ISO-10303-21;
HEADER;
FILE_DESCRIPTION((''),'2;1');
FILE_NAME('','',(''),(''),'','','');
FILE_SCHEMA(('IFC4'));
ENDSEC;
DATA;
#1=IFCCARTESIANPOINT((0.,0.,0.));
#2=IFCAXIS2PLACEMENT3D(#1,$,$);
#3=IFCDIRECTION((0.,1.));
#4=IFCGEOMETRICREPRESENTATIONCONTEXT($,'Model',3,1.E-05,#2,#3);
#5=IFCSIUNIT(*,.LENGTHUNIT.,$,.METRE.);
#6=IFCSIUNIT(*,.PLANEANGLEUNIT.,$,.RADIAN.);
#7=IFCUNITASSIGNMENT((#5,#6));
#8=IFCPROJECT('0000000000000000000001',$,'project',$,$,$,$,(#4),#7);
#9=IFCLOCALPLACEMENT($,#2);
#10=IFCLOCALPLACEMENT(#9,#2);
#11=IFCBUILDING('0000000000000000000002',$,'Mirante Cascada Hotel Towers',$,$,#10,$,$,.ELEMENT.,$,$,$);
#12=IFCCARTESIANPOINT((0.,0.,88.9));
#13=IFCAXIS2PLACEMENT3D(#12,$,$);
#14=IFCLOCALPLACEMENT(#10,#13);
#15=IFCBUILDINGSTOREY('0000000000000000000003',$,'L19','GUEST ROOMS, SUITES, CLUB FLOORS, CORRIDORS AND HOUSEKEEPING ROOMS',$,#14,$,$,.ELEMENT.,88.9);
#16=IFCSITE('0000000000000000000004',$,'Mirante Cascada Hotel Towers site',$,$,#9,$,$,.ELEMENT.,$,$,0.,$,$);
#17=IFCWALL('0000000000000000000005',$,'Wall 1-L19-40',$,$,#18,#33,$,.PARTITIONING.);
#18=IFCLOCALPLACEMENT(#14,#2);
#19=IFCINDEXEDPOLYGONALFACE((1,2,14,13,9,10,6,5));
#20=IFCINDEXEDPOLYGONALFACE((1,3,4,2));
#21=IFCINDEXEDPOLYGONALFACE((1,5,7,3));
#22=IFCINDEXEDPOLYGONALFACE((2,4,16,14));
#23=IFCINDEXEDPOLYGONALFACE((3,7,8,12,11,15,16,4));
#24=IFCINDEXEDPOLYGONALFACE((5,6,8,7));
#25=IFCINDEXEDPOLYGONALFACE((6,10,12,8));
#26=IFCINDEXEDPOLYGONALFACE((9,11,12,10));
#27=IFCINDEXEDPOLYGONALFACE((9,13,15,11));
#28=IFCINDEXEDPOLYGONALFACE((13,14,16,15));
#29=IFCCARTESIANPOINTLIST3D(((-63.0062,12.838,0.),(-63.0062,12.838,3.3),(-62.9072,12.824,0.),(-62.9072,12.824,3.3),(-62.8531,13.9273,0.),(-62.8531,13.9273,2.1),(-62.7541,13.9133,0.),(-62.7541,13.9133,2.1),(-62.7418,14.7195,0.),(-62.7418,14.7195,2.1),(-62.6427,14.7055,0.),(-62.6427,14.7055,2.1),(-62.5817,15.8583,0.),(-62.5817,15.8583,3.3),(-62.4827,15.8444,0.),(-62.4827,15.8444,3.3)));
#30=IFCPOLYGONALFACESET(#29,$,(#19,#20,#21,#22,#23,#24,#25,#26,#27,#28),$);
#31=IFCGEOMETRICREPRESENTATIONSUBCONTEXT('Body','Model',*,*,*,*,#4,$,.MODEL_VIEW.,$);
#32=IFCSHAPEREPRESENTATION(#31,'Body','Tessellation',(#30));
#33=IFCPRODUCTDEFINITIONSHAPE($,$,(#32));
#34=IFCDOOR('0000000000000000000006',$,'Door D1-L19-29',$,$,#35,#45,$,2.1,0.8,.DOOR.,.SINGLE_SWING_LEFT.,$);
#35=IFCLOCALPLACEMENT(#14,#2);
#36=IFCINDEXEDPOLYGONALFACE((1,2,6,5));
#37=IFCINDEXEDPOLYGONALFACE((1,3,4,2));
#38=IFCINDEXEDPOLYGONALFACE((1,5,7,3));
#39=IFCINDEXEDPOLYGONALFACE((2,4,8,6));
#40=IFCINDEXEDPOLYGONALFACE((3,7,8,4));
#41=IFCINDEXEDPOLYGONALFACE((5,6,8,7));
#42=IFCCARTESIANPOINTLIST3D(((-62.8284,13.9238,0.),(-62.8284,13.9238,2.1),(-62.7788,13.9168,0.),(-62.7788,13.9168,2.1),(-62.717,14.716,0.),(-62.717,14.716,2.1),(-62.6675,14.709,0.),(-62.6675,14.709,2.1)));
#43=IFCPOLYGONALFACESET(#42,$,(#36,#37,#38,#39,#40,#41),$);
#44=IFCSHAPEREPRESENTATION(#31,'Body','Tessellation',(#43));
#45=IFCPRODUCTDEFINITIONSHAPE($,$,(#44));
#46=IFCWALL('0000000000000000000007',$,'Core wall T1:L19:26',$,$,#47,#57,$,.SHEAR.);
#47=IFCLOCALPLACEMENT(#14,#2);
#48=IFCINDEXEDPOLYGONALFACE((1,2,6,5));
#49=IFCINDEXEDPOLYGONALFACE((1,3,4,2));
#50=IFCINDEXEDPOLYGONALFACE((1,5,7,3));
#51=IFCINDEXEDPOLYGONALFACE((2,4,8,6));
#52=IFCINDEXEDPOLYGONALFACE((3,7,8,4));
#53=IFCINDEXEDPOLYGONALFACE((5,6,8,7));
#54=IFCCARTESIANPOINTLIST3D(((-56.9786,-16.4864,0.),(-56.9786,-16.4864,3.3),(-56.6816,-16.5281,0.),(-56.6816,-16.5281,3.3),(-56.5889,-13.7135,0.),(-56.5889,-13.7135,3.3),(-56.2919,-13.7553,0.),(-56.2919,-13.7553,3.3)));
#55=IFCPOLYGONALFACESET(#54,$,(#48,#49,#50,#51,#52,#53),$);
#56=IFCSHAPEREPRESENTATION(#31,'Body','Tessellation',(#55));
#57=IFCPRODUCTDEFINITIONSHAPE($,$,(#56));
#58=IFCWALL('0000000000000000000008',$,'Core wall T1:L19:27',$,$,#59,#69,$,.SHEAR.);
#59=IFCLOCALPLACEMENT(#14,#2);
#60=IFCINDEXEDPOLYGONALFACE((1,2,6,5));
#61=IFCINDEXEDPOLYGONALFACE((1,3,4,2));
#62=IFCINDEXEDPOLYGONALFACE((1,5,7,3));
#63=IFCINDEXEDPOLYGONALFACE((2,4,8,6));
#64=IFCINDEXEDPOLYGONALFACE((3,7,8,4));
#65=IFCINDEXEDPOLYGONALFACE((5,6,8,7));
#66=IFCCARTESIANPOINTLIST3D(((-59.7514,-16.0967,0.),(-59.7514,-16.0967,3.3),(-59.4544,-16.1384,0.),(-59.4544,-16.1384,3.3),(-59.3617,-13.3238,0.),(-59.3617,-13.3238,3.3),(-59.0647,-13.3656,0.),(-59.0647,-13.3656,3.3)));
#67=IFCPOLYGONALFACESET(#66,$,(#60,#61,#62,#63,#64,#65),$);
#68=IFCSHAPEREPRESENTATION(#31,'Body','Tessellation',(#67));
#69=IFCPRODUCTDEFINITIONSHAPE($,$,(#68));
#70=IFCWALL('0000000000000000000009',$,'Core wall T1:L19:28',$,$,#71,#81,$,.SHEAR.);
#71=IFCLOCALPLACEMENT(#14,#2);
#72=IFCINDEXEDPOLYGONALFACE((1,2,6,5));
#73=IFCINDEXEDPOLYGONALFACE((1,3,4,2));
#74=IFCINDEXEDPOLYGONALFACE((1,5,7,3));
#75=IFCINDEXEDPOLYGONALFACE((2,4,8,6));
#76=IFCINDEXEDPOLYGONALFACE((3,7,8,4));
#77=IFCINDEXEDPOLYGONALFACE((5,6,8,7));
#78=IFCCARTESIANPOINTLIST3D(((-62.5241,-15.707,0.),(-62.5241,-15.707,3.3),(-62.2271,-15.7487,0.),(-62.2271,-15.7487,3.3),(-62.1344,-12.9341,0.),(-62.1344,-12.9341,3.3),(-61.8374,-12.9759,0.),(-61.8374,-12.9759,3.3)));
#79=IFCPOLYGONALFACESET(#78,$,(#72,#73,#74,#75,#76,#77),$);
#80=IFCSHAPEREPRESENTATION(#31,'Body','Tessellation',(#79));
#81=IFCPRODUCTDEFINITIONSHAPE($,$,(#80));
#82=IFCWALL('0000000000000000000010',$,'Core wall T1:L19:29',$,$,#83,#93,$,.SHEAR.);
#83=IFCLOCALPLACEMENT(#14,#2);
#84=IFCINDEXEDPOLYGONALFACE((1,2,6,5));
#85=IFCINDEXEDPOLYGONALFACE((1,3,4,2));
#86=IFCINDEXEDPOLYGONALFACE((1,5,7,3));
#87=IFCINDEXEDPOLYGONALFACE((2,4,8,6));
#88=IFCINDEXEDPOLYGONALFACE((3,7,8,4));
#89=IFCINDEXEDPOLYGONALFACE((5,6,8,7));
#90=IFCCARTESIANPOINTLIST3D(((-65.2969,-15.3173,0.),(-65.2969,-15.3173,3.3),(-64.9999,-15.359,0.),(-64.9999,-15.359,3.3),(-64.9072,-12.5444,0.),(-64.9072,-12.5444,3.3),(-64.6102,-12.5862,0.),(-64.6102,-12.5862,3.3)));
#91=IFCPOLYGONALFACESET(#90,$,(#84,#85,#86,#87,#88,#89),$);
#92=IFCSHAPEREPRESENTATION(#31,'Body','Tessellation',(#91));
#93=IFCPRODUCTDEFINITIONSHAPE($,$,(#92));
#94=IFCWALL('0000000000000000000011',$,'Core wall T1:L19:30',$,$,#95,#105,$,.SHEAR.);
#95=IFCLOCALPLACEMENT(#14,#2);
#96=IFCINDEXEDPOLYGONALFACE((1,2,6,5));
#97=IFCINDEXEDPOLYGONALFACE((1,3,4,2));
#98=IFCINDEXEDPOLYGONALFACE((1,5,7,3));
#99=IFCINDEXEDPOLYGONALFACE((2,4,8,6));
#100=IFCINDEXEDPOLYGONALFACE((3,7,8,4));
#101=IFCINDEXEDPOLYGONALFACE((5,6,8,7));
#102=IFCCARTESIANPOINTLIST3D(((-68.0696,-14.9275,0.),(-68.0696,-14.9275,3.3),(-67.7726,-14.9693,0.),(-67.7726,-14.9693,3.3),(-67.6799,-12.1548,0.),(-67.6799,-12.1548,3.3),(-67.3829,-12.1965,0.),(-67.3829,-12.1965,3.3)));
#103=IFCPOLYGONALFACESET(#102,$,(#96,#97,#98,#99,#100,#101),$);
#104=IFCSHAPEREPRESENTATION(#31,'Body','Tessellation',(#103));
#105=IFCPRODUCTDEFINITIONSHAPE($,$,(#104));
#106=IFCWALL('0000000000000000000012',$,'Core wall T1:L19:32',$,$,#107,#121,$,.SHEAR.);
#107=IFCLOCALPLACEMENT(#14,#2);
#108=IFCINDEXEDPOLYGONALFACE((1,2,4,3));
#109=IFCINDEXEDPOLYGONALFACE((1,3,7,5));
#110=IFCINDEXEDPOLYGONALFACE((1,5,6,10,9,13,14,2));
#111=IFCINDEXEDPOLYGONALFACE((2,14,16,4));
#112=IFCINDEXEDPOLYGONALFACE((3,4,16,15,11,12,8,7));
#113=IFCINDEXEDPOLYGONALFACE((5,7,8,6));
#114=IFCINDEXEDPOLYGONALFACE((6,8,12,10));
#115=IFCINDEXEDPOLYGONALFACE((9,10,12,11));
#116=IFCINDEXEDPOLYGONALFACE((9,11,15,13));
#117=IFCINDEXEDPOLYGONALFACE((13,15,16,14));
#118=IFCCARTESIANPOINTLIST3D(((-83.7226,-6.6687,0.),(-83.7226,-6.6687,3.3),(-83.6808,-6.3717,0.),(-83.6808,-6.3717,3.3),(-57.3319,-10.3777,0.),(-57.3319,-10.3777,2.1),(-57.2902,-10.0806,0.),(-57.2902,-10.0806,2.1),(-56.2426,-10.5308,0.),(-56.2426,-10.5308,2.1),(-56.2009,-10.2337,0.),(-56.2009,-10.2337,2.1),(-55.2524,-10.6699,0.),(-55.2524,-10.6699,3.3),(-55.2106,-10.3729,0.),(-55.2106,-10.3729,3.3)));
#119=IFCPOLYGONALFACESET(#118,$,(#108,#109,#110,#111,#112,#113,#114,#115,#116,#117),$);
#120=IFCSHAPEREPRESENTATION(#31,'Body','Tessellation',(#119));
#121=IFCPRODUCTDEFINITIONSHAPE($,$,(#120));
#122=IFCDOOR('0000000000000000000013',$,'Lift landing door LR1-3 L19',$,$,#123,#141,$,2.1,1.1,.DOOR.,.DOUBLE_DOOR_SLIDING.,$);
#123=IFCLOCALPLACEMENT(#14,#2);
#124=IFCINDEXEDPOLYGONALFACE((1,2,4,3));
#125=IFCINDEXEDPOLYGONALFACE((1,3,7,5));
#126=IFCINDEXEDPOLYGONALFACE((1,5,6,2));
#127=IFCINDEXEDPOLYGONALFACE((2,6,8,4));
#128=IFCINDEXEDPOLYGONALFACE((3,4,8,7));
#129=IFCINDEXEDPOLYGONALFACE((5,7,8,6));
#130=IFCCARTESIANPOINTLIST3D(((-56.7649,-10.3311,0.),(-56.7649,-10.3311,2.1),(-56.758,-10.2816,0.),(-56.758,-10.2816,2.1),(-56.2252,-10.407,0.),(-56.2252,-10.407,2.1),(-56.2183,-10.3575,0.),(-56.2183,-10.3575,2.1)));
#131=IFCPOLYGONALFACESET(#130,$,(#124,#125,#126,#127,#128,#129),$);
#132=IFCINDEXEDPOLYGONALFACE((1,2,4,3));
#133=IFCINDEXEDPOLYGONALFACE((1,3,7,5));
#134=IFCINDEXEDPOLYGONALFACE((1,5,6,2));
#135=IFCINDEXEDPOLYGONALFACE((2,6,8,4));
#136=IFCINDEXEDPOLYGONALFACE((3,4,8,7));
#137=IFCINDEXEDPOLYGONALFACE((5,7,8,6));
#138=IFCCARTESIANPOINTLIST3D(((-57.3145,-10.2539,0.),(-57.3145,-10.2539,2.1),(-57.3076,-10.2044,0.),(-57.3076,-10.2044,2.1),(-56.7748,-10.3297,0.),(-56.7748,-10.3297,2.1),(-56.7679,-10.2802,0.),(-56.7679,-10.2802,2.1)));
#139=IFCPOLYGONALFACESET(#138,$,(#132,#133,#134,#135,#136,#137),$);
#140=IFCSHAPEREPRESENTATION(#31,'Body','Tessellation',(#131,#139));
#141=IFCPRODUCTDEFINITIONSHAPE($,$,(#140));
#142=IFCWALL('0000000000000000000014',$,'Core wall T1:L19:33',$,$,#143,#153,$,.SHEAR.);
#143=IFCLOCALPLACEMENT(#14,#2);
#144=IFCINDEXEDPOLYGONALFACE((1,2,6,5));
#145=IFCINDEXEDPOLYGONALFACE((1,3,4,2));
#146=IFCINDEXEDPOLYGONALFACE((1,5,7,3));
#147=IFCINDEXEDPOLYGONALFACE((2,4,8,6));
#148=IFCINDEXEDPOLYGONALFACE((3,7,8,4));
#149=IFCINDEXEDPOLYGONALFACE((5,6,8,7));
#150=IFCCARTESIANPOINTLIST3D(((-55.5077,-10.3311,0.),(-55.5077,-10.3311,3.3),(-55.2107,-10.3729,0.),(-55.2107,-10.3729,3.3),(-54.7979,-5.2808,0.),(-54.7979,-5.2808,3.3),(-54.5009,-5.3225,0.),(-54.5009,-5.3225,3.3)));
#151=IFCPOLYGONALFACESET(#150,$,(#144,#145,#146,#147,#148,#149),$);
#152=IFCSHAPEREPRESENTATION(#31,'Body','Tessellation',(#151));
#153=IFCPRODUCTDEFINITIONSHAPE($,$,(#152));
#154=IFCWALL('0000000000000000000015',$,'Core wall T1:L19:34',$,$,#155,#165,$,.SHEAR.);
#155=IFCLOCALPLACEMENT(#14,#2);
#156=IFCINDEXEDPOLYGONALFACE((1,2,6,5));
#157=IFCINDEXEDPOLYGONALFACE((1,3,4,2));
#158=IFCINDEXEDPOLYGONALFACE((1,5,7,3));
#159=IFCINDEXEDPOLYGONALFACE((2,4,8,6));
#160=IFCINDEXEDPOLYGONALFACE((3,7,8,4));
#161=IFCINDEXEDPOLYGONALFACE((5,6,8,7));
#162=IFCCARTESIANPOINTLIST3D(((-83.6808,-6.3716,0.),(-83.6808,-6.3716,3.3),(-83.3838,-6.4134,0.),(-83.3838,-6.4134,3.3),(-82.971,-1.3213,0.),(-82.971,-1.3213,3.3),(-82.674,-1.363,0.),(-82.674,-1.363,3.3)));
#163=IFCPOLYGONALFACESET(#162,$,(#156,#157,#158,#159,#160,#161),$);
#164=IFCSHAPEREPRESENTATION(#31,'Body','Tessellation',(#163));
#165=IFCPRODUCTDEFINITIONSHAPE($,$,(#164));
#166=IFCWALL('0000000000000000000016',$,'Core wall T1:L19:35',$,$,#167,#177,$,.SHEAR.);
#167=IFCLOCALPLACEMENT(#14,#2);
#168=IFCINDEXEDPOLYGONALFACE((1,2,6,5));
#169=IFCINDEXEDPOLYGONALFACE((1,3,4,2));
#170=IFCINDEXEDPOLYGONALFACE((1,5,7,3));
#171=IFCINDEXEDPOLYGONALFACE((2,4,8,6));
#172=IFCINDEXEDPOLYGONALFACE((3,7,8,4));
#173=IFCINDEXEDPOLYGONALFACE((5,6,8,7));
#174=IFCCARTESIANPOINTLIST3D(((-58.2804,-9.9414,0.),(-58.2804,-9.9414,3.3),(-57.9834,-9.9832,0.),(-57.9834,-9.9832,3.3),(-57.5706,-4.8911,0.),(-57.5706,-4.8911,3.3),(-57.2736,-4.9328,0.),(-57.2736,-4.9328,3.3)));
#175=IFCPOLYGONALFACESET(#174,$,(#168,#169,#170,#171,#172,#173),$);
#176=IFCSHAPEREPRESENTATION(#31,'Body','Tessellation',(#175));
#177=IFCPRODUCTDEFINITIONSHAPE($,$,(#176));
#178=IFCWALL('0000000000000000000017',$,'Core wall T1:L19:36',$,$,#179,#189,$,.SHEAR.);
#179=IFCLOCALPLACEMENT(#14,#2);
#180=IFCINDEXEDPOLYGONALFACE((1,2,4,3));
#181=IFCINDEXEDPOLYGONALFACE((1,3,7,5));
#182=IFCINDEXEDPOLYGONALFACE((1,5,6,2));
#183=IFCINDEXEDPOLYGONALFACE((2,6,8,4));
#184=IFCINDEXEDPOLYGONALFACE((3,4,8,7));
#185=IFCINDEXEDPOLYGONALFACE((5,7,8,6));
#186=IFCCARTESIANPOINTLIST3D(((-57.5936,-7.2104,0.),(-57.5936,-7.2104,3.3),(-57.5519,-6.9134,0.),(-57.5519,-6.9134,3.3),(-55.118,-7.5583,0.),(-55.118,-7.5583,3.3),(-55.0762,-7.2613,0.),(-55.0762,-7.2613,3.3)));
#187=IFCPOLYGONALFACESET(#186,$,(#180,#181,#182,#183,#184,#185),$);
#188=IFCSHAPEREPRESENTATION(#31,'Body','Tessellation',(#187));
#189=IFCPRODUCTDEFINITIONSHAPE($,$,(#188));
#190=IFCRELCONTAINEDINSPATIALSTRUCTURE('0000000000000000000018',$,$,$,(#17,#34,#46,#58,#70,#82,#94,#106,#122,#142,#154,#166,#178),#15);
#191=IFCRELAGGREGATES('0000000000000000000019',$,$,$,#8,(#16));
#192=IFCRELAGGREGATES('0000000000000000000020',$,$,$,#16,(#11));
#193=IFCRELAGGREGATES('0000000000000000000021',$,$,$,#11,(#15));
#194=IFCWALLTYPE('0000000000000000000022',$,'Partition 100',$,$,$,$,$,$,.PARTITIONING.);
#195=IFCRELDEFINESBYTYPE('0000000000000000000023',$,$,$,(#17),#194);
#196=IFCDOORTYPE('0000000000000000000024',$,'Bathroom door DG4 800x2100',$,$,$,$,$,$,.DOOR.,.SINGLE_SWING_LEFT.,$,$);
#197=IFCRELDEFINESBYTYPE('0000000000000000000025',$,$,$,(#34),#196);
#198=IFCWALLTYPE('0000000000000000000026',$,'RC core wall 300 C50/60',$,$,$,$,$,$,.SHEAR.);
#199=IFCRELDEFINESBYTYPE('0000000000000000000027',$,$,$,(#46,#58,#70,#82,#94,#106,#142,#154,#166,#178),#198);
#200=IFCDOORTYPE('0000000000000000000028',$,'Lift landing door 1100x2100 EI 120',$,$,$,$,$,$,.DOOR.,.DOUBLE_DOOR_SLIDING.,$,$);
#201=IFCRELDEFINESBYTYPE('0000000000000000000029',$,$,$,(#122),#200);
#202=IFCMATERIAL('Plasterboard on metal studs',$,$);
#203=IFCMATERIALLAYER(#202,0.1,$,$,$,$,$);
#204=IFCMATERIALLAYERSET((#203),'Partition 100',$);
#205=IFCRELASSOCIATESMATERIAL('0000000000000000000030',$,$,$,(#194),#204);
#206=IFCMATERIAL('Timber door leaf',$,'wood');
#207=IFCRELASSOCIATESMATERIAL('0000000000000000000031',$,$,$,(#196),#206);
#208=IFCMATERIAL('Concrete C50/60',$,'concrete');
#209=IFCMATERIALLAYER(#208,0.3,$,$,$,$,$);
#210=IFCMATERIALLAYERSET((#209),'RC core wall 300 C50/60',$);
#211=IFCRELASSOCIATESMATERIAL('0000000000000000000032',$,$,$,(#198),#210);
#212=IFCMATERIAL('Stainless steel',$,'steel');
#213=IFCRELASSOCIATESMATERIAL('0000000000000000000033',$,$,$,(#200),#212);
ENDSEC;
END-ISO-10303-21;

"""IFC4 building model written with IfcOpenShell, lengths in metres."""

from ifc_helpers import new_model, si_unit, direction, frame, frame_2d, origin, place, context, subcontext, project, spatial, rectangle, extrude, material, layer, layer_set, type_object, element, fill, save


model = new_model("IFC4")

# Units and contexts
model_context = context("Model", 3, precision=1e-05, world=origin(), true_north=direction((0.0, 1.0)))
body_context = subcontext(model_context, "Body", "Model", "MODEL_VIEW")
ifc_project = project(units=[si_unit("LENGTHUNIT", "METRE"), si_unit("PLANEANGLEUNIT", "RADIAN")], contexts=[model_context])

# Site, building, storey
site_placement = place(None, origin())
site = spatial("IfcSite", under=ifc_project, at=site_placement, Name="Mirante Cascada Hotel Towers site", CompositionType="ELEMENT", RefElevation=0.0)
building_placement = place(site_placement, origin())
building = spatial("IfcBuilding", under=site, at=building_placement, Name="Mirante Cascada Hotel Towers", CompositionType="ELEMENT")
storey_placement = place(building_placement, frame((0.0, 0.0, 88.9)))
storey = spatial("IfcBuildingStorey", under=building, at=storey_placement, Name="L19", Description="GUEST ROOMS, SUITES, CLUB FLOORS, CORRIDORS AND HOUSEKEEPING ROOMS", CompositionType="ELEMENT", Elevation=88.9)

# Shared definitions
ifc_material_1 = material(Name="Plasterboard on metal studs")
ifc_layer_1 = layer(ifc_material_1, 0.1)
ifc_layer_set_1 = layer_set([ifc_layer_1], Name="Partition 100")
wall_type_1 = type_object("IfcWallType", Name="Partition 100", PredefinedType="PARTITIONING", material=ifc_layer_set_1)

# Wall, opening, door
wall_1_placement = place(storey_placement, frame((-62.9567, 12.831, 0.0), z_axis=(0.0, 0.0, 1.0), x_axis=(0.139181, 0.990267, 0.0)))
wall_1 = element("IfcWall", 1, at=wall_1_placement, inside=storey, type_object=wall_type_1, Name="Wall 1-L19-40", PredefinedType="PARTITIONING", context=body_context, shape_type="SweptSolid", body=[
    extrude(rectangle(XDim=3.05, YDim=0.1, at=frame_2d((1.525, 0.0))), origin(), (0.0, 0.0, 1.0), 3.3),
])
opening_1_placement = place(wall_1_placement, frame((1.1, 0.0, 0.0)))
opening_1 = element("IfcOpeningElement", 2, at=opening_1_placement, cuts=wall_1, PredefinedType="OPENING", context=body_context, shape_type="SweptSolid", body=[
    extrude(rectangle(XDim=0.8, YDim=2.1, at=frame_2d((0.4, 1.05))), frame((0.0, 0.05, 0.0), z_axis=(0.0, -1.0, 0.0), x_axis=(1.0, 0.0, 0.0)), (0.0, 0.0, 1.0), 0.1),
])
ifc_material_2 = material(Name="Timber door leaf", Category="wood")
door_type_1 = type_object("IfcDoorType", Name="Bathroom door DG4 800x2100", OperationType="SINGLE_SWING_LEFT", PredefinedType="DOOR", material=ifc_material_2)
door_1_placement = place(opening_1_placement, origin())
door_1 = element("IfcDoor", 3, at=door_1_placement, inside=storey, type_object=door_type_1, Name="Door D1-L19-29", OperationType="SINGLE_SWING_LEFT", OverallHeight=2.1, OverallWidth=0.8, PredefinedType="DOOR", context=body_context, shape_type="SweptSolid", body=[
    extrude(rectangle(XDim=0.8, YDim=2.1, at=frame_2d((0.4, 1.05))), frame((0.0, 0.025, 0.0), z_axis=(0.0, -1.0, 0.0), x_axis=(1.0, 0.0, 0.0)), (0.0, 0.0, 1.0), 0.05),
])
fill(opening_1, door_1)

# Walls
ifc_material_3 = material(Name="Concrete C50/60", Category="concrete")
ifc_layer_2 = layer(ifc_material_3, 0.3)
ifc_layer_set_2 = layer_set([ifc_layer_2], Name="RC core wall 300 C50/60")
wall_type_2 = type_object("IfcWallType", Name="RC core wall 300 C50/60", PredefinedType="SHEAR", material=ifc_layer_set_2)
for number, where, z_axis, x_axis, name in (
    (4, (-56.8301, -16.5072, 0.0), (0.0, 0.0, 1.0), (0.139176, 0.990268, 0.0), "Core wall T1:L19:26"),
    (5, (-59.6029, -16.1175, 0.0), (0.0, 0.0, 1.0), (0.139176, 0.990268, 0.0), "Core wall T1:L19:27"),
    (6, (-62.3756, -15.7278, 0.0), (0.0, 0.0, 1.0), (0.139176, 0.990268, 0.0), "Core wall T1:L19:28"),
    (7, (-65.1484, -15.3381, 0.0), (0.0, 0.0, 1.0), (0.139176, 0.990268, 0.0), "Core wall T1:L19:29"),
):
    element("IfcWall", number, at=place(storey_placement, frame(where, z_axis=z_axis, x_axis=x_axis)), inside=storey, type_object=wall_type_2, Name=name, PredefinedType="SHEAR", context=body_context, shape_type="SweptSolid", body=[
        extrude(rectangle(XDim=2.8001, YDim=0.3, at=frame_2d((1.4, 0.0))), origin(), (0.0, 0.0, 1.0), 3.3),
    ])
wall_2_placement = place(storey_placement, frame((-67.9211, -14.9484, 0.0), z_axis=(0.0, 0.0, 1.0), x_axis=(0.139181, 0.990267, 0.0)))
element("IfcWall", 8, at=wall_2_placement, inside=storey, type_object=wall_type_2, Name="Core wall T1:L19:30", PredefinedType="SHEAR", context=body_context, shape_type="SweptSolid", body=[
    extrude(rectangle(XDim=2.8, YDim=0.3, at=frame_2d((1.4, 0.0))), origin(), (0.0, 0.0, 1.0), 3.3),
])

# Wall, opening, door
wall_3_placement = place(storey_placement, frame((-55.2315, -10.5214, 0.0), z_axis=(0.0, 0.0, 1.0), x_axis=(-0.990268, 0.139172, 0.0)))
wall_3 = element("IfcWall", 9, at=wall_3_placement, inside=storey, type_object=wall_type_2, Name="Core wall T1:L19:32", PredefinedType="SHEAR", context=body_context, shape_type="SweptSolid", body=[
    extrude(rectangle(XDim=28.75, YDim=0.3, at=frame_2d((14.375, 0.0))), origin(), (0.0, 0.0, 1.0), 3.3),
])
opening_2_placement = place(wall_3_placement, frame((1.0, 0.0, 0.0)))
opening_2 = element("IfcOpeningElement", 10, at=opening_2_placement, cuts=wall_3, PredefinedType="OPENING", context=body_context, shape_type="SweptSolid", body=[
    extrude(rectangle(XDim=1.1, YDim=2.1, at=frame_2d((0.55, 1.05))), frame((0.0, 0.15, 0.0), z_axis=(0.0, -1.0, 0.0), x_axis=(1.0, 0.0, 0.0)), (0.0, 0.0, 1.0), 0.3),
])
ifc_material_4 = material(Name="Stainless steel", Category="steel")
door_type_2 = type_object("IfcDoorType", Name="Lift landing door 1100x2100 EI 120", OperationType="DOUBLE_DOOR_SLIDING", PredefinedType="DOOR", material=ifc_material_4)
door_2_placement = place(opening_2_placement, origin())
door_2 = element("IfcDoor", 11, at=door_2_placement, inside=storey, type_object=door_type_2, Name="Lift landing door LR1-3 L19", OperationType="DOUBLE_DOOR_SLIDING", OverallHeight=2.1, OverallWidth=1.1, PredefinedType="DOOR", context=body_context, shape_type="SweptSolid", body=[
    extrude(rectangle(XDim=0.545, YDim=2.1, at=frame_2d((0.2725, 1.05))), frame((0.0, 0.025, 0.0), z_axis=(0.0, -1.0, 0.0), x_axis=(1.0, 0.0, 0.0)), (0.0, 0.0, 1.0), 0.05),
    extrude(rectangle(XDim=0.545, YDim=2.1, at=frame_2d((0.8275, 1.05))), frame((0.0, 0.025, 0.0), z_axis=(0.0, -1.0, 0.0), x_axis=(1.0, 0.0, 0.0)), (0.0, 0.0, 1.0), 0.05),
])
fill(opening_2, door_2)

# Walls
for number, where, z_axis, x_axis, name in (
    (12, (-55.3592, -10.352, 0.0), (0.0, 0.0, 1.0), (0.139176, 0.990268, 0.0), "Core wall T1:L19:33"),
    (13, (-83.5323, -6.3925, 0.0), (0.0, 0.0, 1.0), (0.139176, 0.990268, 0.0), "Core wall T1:L19:34"),
    (14, (-58.1319, -9.9623, 0.0), (0.0, 0.0, 1.0), (0.139176, 0.990268, 0.0), "Core wall T1:L19:35"),
):
    element("IfcWall", number, at=place(storey_placement, frame(where, z_axis=z_axis, x_axis=x_axis)), inside=storey, type_object=wall_type_2, Name=name, PredefinedType="SHEAR", context=body_context, shape_type="SweptSolid", body=[
        extrude(rectangle(XDim=5.1, YDim=0.3, at=frame_2d((2.55, 0.0))), origin(), (0.0, 0.0, 1.0), 3.3),
    ])
wall_4_placement = place(storey_placement, frame((-55.0971, -7.4098, 0.0), z_axis=(0.0, 0.0, 1.0), x_axis=(-0.99027, 0.139159, 0.0)))
element("IfcWall", 15, at=wall_4_placement, inside=storey, type_object=wall_type_2, Name="Core wall T1:L19:36", PredefinedType="SHEAR", context=body_context, shape_type="SweptSolid", body=[
    extrude(rectangle(XDim=2.5, YDim=0.3, at=frame_2d((1.25, 0.0))), origin(), (0.0, 0.0, 1.0), 3.3),
])

save(model, "model.ifc")
